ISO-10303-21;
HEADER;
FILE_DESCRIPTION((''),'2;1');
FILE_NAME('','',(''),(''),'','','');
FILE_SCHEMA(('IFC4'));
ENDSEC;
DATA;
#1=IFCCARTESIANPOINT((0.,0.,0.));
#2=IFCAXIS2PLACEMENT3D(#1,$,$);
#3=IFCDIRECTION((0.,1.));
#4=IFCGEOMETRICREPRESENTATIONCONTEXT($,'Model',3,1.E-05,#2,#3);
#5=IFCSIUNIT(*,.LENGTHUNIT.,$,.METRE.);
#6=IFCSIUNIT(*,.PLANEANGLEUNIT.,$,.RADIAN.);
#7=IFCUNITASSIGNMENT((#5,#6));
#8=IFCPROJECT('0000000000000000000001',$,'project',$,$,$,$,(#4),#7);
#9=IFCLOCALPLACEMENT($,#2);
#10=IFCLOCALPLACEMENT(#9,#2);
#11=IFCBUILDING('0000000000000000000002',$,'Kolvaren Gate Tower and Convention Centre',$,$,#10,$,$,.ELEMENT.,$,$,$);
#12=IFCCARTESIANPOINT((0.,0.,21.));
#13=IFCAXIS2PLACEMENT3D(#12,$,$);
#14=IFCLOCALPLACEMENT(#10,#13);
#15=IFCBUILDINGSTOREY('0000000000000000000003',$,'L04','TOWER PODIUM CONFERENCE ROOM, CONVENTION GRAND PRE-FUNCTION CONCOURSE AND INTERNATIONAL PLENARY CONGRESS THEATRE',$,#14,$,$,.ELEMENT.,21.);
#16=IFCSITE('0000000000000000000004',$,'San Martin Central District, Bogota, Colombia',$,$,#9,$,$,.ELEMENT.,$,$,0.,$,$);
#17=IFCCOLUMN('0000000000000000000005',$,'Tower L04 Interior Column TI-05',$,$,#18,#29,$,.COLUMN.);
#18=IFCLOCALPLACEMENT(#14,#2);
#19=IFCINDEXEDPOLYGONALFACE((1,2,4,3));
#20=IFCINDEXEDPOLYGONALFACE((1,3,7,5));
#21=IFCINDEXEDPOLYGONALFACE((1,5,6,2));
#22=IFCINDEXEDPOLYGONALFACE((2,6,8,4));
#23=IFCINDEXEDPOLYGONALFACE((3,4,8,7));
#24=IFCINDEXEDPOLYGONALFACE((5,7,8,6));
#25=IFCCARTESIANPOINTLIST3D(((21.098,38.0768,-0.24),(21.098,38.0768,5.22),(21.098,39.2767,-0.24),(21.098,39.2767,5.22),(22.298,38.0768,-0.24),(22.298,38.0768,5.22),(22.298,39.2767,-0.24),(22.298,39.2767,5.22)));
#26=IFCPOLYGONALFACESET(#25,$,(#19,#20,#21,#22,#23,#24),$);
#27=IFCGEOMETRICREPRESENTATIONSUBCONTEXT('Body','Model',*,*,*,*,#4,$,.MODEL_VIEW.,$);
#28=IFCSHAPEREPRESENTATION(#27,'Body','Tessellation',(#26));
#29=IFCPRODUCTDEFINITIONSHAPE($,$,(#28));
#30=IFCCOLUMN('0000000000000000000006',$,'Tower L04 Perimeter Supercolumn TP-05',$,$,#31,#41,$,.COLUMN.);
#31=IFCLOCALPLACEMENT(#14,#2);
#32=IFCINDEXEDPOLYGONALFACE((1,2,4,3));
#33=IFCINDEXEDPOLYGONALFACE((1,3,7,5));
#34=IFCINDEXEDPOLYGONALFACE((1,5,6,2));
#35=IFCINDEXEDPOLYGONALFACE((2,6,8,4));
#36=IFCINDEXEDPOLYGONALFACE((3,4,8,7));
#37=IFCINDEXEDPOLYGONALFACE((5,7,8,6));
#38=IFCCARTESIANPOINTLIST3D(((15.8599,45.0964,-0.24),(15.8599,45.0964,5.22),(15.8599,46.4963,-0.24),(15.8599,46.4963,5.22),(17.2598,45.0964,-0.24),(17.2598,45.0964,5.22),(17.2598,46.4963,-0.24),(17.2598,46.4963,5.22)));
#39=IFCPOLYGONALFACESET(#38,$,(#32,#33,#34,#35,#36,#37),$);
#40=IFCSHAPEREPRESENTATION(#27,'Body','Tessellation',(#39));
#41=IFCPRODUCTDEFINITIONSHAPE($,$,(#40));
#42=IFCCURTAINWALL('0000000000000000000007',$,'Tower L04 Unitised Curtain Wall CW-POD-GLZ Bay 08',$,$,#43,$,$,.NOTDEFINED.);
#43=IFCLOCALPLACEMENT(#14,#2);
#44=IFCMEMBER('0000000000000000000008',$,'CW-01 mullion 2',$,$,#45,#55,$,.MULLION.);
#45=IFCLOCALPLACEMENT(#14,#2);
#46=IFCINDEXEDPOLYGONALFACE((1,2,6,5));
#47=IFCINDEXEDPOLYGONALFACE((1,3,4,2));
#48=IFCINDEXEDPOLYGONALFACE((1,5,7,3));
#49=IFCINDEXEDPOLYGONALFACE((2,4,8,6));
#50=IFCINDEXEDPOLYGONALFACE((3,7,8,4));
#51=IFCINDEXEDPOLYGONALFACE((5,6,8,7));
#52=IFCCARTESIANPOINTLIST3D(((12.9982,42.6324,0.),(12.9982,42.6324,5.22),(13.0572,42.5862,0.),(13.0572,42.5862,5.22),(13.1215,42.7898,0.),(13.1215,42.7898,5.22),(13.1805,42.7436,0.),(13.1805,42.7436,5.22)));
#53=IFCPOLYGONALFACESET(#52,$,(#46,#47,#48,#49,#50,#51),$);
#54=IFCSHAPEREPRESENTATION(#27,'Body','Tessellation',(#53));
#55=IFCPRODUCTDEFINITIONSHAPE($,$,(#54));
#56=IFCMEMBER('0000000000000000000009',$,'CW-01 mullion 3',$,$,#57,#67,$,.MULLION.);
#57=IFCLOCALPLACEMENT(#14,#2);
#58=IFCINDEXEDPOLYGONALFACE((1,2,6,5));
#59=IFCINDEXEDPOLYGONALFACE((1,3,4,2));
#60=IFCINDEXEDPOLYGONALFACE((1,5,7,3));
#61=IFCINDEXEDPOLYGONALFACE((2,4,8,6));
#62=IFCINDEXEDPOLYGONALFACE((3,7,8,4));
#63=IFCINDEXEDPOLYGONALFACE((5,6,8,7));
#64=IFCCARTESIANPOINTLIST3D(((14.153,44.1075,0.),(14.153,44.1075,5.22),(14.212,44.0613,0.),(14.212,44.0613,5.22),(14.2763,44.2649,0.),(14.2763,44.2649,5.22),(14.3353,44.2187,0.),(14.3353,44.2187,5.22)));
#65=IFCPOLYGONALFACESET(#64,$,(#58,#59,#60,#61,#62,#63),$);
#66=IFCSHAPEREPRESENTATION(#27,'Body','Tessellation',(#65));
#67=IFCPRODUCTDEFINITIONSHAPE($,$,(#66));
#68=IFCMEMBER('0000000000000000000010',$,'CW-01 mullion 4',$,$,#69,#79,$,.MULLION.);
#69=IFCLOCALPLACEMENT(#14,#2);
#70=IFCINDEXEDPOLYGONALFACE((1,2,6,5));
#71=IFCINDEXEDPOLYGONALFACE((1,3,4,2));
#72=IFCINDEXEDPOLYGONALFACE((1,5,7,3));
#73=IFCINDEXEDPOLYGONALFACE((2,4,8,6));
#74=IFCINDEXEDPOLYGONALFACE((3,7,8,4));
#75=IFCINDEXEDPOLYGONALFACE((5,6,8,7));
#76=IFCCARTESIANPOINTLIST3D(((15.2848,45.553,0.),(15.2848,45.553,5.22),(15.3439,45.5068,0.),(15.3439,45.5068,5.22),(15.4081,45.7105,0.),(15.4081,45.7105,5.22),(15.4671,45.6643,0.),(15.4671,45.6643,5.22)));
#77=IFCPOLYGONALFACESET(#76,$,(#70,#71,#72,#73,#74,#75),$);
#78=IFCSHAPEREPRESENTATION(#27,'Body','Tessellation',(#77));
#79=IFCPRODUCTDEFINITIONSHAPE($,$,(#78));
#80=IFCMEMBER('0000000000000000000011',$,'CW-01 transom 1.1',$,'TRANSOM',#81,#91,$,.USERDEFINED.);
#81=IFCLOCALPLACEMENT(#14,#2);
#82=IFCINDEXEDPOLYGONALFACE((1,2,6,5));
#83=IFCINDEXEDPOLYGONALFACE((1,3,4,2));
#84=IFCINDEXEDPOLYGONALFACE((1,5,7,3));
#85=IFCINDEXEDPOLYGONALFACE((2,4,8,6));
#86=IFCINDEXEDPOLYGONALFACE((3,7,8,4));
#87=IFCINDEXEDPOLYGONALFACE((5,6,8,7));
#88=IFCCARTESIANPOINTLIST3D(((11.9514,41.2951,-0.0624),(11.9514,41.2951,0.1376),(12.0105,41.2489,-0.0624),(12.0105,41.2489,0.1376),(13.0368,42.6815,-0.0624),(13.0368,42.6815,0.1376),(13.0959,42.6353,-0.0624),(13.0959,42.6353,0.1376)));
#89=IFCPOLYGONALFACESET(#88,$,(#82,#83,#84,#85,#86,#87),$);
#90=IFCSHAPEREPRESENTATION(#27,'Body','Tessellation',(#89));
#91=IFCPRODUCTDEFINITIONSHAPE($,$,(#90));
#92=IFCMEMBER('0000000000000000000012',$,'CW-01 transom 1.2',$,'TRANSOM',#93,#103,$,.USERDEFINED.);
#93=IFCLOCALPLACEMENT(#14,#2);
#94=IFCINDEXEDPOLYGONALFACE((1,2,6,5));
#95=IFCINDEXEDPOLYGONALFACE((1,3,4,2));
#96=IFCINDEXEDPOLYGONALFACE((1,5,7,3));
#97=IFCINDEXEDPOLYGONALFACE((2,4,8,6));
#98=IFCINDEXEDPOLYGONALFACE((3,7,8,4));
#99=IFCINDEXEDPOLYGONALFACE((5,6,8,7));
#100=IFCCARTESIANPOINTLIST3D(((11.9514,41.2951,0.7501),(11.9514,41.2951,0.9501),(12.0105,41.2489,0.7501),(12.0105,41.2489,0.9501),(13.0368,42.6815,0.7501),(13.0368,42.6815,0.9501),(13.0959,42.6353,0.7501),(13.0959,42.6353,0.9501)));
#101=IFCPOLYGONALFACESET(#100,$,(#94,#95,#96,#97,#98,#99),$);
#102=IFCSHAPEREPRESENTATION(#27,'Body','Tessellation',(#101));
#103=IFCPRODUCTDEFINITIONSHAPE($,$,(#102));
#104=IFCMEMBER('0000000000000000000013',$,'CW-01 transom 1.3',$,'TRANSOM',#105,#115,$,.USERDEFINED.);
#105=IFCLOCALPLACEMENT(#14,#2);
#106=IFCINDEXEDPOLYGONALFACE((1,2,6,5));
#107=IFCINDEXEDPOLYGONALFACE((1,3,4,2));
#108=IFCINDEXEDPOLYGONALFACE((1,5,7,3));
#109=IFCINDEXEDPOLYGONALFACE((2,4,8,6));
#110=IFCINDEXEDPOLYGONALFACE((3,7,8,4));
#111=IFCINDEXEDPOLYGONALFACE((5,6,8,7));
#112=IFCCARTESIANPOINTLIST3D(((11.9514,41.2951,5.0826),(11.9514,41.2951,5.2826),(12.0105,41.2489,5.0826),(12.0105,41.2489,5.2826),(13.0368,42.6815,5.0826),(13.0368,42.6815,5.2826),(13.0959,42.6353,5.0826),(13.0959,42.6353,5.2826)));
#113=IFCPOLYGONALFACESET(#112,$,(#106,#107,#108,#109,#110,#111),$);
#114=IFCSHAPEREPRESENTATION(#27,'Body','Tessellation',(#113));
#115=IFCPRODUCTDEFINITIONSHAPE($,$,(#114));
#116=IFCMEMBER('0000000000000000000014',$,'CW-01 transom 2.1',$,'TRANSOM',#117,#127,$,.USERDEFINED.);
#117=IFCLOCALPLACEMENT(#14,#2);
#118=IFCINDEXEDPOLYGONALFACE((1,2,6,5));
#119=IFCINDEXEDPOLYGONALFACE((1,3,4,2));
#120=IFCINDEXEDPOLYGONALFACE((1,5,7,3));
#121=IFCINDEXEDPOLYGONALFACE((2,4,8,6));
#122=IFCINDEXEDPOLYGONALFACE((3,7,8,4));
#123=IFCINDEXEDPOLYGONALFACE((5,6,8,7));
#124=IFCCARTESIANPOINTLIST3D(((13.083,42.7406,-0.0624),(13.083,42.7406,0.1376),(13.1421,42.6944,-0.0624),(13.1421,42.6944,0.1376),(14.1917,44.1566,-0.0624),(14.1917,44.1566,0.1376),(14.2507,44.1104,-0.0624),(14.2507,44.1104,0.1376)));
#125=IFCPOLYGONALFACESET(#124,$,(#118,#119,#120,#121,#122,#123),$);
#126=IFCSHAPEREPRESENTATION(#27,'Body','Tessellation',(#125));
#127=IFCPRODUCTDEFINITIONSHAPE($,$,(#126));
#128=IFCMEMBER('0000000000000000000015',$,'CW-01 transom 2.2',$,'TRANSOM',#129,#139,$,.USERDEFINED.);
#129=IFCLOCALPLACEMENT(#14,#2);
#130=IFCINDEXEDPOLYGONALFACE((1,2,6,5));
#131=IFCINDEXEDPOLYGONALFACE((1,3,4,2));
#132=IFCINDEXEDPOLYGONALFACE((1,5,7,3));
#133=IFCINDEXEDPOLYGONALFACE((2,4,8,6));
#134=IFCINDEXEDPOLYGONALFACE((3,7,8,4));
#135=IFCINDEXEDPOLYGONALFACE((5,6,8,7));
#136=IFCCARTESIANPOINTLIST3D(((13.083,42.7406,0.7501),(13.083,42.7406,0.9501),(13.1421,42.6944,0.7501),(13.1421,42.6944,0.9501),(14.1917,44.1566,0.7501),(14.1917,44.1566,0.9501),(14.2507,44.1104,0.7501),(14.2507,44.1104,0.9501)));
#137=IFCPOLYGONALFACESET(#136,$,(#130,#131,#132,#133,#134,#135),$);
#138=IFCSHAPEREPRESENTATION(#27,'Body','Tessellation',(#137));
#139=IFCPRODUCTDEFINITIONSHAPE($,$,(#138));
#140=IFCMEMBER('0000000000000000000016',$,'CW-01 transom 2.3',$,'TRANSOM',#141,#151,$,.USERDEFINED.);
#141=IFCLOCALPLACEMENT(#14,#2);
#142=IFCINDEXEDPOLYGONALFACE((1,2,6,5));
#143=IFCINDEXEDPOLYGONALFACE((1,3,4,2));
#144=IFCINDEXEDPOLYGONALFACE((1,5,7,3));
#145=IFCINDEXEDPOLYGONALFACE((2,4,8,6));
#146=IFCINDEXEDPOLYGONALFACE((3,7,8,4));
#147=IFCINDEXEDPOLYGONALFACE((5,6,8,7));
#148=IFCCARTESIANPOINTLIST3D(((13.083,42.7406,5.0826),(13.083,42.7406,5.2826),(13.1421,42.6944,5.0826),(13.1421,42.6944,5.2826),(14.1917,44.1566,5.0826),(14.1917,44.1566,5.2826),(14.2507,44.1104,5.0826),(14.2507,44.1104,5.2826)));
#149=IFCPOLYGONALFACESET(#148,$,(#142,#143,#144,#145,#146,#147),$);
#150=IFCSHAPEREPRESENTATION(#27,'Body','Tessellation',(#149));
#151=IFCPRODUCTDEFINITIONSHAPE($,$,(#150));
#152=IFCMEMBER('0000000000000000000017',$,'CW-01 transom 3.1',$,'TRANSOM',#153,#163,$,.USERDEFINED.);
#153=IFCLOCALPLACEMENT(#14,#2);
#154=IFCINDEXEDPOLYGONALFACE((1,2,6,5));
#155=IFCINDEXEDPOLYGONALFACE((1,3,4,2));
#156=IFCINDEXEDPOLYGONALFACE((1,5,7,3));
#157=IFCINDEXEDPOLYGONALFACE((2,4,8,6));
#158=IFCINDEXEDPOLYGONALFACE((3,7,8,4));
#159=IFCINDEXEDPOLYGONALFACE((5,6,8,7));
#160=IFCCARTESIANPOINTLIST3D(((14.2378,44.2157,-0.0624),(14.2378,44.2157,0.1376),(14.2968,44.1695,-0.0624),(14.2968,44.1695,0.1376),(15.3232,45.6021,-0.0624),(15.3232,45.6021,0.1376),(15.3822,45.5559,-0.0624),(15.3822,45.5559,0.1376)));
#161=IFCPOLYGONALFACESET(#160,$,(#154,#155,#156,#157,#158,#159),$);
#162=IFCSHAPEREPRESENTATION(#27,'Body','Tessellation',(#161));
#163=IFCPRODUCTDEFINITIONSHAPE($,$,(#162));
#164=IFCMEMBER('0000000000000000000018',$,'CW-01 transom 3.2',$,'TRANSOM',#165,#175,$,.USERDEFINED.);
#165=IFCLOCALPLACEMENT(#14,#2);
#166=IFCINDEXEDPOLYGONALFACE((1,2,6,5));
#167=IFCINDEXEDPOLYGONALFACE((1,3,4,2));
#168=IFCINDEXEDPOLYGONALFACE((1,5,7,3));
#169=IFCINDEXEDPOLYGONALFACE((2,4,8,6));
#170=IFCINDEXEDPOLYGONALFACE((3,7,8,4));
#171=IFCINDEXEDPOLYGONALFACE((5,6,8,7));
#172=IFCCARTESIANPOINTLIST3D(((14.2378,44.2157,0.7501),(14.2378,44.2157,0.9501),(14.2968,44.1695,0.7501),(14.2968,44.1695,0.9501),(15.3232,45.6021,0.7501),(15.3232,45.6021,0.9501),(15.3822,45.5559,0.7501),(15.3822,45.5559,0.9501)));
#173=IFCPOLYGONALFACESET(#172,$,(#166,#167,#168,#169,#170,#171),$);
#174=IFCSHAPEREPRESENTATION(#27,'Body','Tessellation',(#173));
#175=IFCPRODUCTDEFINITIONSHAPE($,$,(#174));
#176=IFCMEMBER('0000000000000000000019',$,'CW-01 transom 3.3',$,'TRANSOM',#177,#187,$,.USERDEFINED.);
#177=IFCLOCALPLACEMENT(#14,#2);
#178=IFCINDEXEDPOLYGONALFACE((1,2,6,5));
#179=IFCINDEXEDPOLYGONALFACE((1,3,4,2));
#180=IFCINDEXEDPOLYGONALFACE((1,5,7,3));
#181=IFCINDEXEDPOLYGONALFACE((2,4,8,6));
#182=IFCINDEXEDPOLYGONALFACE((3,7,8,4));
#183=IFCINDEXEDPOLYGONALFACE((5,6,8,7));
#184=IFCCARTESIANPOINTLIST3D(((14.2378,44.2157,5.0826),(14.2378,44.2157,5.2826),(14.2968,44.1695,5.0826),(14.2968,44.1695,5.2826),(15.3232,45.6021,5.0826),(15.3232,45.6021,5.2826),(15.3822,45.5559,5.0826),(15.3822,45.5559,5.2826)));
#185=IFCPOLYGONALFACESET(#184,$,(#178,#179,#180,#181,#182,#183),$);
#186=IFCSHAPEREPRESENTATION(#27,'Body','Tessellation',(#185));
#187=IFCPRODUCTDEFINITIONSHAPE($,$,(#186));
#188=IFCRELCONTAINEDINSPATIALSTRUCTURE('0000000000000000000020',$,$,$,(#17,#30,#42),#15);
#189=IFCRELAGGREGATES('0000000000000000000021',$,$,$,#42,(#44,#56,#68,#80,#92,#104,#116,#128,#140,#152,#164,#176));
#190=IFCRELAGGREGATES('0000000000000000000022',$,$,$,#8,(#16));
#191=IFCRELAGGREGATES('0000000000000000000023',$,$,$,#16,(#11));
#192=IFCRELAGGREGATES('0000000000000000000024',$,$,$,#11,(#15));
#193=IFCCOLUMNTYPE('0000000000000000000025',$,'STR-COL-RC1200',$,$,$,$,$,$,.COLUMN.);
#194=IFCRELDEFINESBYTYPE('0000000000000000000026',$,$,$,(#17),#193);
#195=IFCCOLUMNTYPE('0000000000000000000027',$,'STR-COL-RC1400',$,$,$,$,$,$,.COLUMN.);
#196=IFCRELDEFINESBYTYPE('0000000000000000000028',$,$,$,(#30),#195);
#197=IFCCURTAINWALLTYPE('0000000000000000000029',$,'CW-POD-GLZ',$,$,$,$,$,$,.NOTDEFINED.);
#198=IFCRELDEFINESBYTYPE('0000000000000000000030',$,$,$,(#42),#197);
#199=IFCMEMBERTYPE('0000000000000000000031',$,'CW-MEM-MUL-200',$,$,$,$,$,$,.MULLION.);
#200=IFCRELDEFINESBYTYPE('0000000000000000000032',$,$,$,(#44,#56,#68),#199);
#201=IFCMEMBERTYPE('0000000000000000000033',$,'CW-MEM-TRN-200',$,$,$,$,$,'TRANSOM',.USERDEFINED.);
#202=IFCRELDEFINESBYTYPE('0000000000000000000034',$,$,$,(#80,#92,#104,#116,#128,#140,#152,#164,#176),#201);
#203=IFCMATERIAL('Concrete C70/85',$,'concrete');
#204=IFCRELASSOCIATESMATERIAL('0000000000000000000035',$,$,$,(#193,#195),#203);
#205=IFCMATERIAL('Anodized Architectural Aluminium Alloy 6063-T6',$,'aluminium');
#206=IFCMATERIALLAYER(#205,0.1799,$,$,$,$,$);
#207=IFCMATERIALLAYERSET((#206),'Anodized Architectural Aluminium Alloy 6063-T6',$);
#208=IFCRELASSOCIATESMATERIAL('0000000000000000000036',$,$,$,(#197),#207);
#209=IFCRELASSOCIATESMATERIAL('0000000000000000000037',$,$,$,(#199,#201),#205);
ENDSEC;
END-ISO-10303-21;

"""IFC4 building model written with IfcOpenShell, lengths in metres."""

from ifc_helpers import new_model, si_unit, direction, frame, origin, origin_2d, place, context, subcontext, project, spatial, rectangle, extrude, material, layer, layer_set, material_profile, profile_set, type_object, element, aggregate, save


model = new_model("IFC4")

# Units and contexts
model_context = context("Model", 3, precision=1e-05, world=origin(), true_north=direction((0.0, 1.0)))
body_context = subcontext(model_context, "Body", "Model", "MODEL_VIEW")
ifc_project = project(units=[si_unit("LENGTHUNIT", "METRE"), si_unit("PLANEANGLEUNIT", "RADIAN")], contexts=[model_context])

# Site, building, storey
site_placement = place(None, origin())
site = spatial("IfcSite", under=ifc_project, at=site_placement, Name="San Martin Central District, Bogota, Colombia", CompositionType="ELEMENT", RefElevation=0.0)
building_placement = place(site_placement, origin())
building = spatial("IfcBuilding", under=site, at=building_placement, Name="Kolvaren Gate Tower and Convention Centre", CompositionType="ELEMENT")
storey_placement = place(building_placement, frame((0.0, 0.0, 21.0)))
storey = spatial("IfcBuildingStorey", under=building, at=storey_placement, Name="L04", Description="TOWER PODIUM CONFERENCE ROOM, CONVENTION GRAND PRE-FUNCTION CONCOURSE AND INTERNATIONAL PLENARY CONGRESS THEATRE", CompositionType="ELEMENT", Elevation=21.0)

# Columns
ifc_material_1 = material(Name="Concrete C70/85", Category="concrete")
ifc_material_profile_1 = material_profile(ifc_material_1, rectangle(XDim=1.2, YDim=1.2, at=origin_2d()), Name="RC-COL-1200X1200")
ifc_profile_set_1 = profile_set([ifc_material_profile_1], Name="Concrete C70/85")
column_type_1 = type_object("IfcColumnType", Name="STR-COL-RC1200", PredefinedType="COLUMN", material=ifc_profile_set_1)
column_1_placement = place(storey_placement, frame((21.698, 38.6768, -0.24), z_axis=(0.0, 0.0, 1.0), x_axis=(1.0, 0.0, 0.0)))
element("IfcColumn", 1, at=column_1_placement, inside=storey, type_object=column_type_1, Name="Tower L04 Interior Column TI-05", PredefinedType="COLUMN", context=body_context, shape_type="SweptSolid", body=[
    extrude(rectangle(XDim=1.2, YDim=1.2, at=origin_2d()), origin(), (0.0, 0.0, 1.0), 5.46),
])
ifc_material_profile_2 = material_profile(ifc_material_1, rectangle(XDim=1.3999, YDim=1.3999, at=origin_2d()), Name="RC-COL-1400X1400")
ifc_profile_set_2 = profile_set([ifc_material_profile_2], Name="Concrete C70/85")
column_type_2 = type_object("IfcColumnType", Name="STR-COL-RC1400", PredefinedType="COLUMN", material=ifc_profile_set_2)
column_2_placement = place(storey_placement, frame((16.5598, 45.7964, -0.24), z_axis=(0.0, 0.0, 1.0), x_axis=(1.0, 0.0, 0.0)))
element("IfcColumn", 2, at=column_2_placement, inside=storey, type_object=column_type_2, Name="Tower L04 Perimeter Supercolumn TP-05", PredefinedType="COLUMN", context=body_context, shape_type="SweptSolid", body=[
    extrude(rectangle(XDim=1.3999, YDim=1.3999, at=origin_2d()), origin(), (0.0, 0.0, 1.0), 5.46),
])

# Curtain wall, members
ifc_material_2 = material(Name="Anodized Architectural Aluminium Alloy 6063-T6", Category="aluminium")
ifc_layer_1 = layer(ifc_material_2, 0.1799)
ifc_layer_set_1 = layer_set([ifc_layer_1], Name="Anodized Architectural Aluminium Alloy 6063-T6")
curtain_wall_type = type_object("IfcCurtainWallType", Name="CW-POD-GLZ", PredefinedType="NOTDEFINED", material=ifc_layer_set_1)
curtain_wall_placement = place(storey_placement, origin())
curtain_wall = element("IfcCurtainWall", 3, at=curtain_wall_placement, inside=storey, type_object=curtain_wall_type, Name="Tower L04 Unitised Curtain Wall CW-POD-GLZ Bay 08", PredefinedType="NOTDEFINED")
ifc_material_profile_3 = material_profile(ifc_material_2, rectangle(XDim=0.075, YDim=0.2, at=origin_2d()), Name="CW-MEM-MUL-200")
ifc_profile_set_3 = profile_set([ifc_material_profile_3], Name="Anodized Architectural Aluminium Alloy 6063-T6")
member_type_1 = type_object("IfcMemberType", Name="CW-MEM-MUL-200", PredefinedType="MULLION", material=ifc_profile_set_3)
member_1_placement = place(storey_placement, frame((13.0894, 42.688, 0.0), z_axis=(0.0, 0.0, 1.0), x_axis=(-0.787417, 0.616421, 0.0)))
member_1 = element("IfcMember", 4, at=member_1_placement, type_object=member_type_1, Name="CW-01 mullion 2", PredefinedType="MULLION", context=body_context, shape_type="SweptSolid", body=[
    extrude(rectangle(XDim=0.075, YDim=0.2, at=origin_2d()), origin(), (0.0, 0.0, 1.0), 5.22),
])
member_2_placement = place(storey_placement, frame((14.2441, 44.1631, 0.0), z_axis=(0.0, 0.0, 1.0), x_axis=(-0.787417, 0.616421, 0.0)))
member_2 = element("IfcMember", 5, at=member_2_placement, type_object=member_type_1, Name="CW-01 mullion 3", PredefinedType="MULLION", context=body_context, shape_type="SweptSolid", body=[
    extrude(rectangle(XDim=0.075, YDim=0.2, at=origin_2d()), origin(), (0.0, 0.0, 1.0), 5.22),
])
member_3_placement = place(storey_placement, frame((15.376, 45.6086, 0.0), z_axis=(0.0, 0.0, 1.0), x_axis=(-0.787417, 0.616421, 0.0)))
member_3 = element("IfcMember", 6, at=member_3_placement, type_object=member_type_1, Name="CW-01 mullion 4", PredefinedType="MULLION", context=body_context, shape_type="SweptSolid", body=[
    extrude(rectangle(XDim=0.075, YDim=0.2, at=origin_2d()), origin(), (0.0, 0.0, 1.0), 5.22),
])
ifc_material_profile_4 = material_profile(ifc_material_2, rectangle(XDim=0.075, YDim=0.2, at=origin_2d()), Name="CW-MEM-TRN-200")
ifc_profile_set_4 = profile_set([ifc_material_profile_4], Name="Anodized Architectural Aluminium Alloy 6063-T6")
member_type_2 = type_object("IfcMemberType", Name="CW-MEM-TRN-200", ElementType="TRANSOM", PredefinedType="USERDEFINED", material=ifc_profile_set_4)
member_4_placement = place(storey_placement, frame((11.981, 41.272, 0.0376), z_axis=(0.616443, 0.7874, 0.0), x_axis=(-0.7874, 0.616443, 0.0)))
member_4 = element("IfcMember", 7, at=member_4_placement, type_object=member_type_2, Name="CW-01 transom 1.1", ObjectType="TRANSOM", PredefinedType="USERDEFINED", context=body_context, shape_type="SweptSolid", body=[
    extrude(rectangle(XDim=0.075, YDim=0.2, at=origin_2d()), origin(), (0.0, 0.0, 1.0), 1.7607),
])
member_5_placement = place(storey_placement, frame((11.981, 41.272, 0.8501), z_axis=(0.616443, 0.7874, 0.0), x_axis=(-0.7874, 0.616443, 0.0)))
member_5 = element("IfcMember", 8, at=member_5_placement, type_object=member_type_2, Name="CW-01 transom 1.2", ObjectType="TRANSOM", PredefinedType="USERDEFINED", context=body_context, shape_type="SweptSolid", body=[
    extrude(rectangle(XDim=0.075, YDim=0.2, at=origin_2d()), origin(), (0.0, 0.0, 1.0), 1.7607),
])
member_6_placement = place(storey_placement, frame((11.981, 41.272, 5.1826), z_axis=(0.616443, 0.7874, 0.0), x_axis=(-0.7874, 0.616443, 0.0)))
member_6 = element("IfcMember", 9, at=member_6_placement, type_object=member_type_2, Name="CW-01 transom 1.3", ObjectType="TRANSOM", PredefinedType="USERDEFINED", context=body_context, shape_type="SweptSolid", body=[
    extrude(rectangle(XDim=0.075, YDim=0.2, at=origin_2d()), origin(), (0.0, 0.0, 1.0), 1.7607),
])
member_7_placement = place(storey_placement, frame((13.1125, 42.7175, 0.0376), z_axis=(0.616466, 0.787382, 0.0), x_axis=(-0.787382, 0.616466, 0.0)))
member_7 = element("IfcMember", 10, at=member_7_placement, type_object=member_type_2, Name="CW-01 transom 2.1", ObjectType="TRANSOM", PredefinedType="USERDEFINED", context=body_context, shape_type="SweptSolid", body=[
    extrude(rectangle(XDim=0.075, YDim=0.2, at=origin_2d()), origin(), (0.0, 0.0, 1.0), 1.7983),
])
member_8_placement = place(storey_placement, frame((13.1125, 42.7175, 0.8501), z_axis=(0.616466, 0.787382, 0.0), x_axis=(-0.787382, 0.616466, 0.0)))
member_8 = element("IfcMember", 11, at=member_8_placement, type_object=member_type_2, Name="CW-01 transom 2.2", ObjectType="TRANSOM", PredefinedType="USERDEFINED", context=body_context, shape_type="SweptSolid", body=[
    extrude(rectangle(XDim=0.075, YDim=0.2, at=origin_2d()), origin(), (0.0, 0.0, 1.0), 1.7983),
])
member_9_placement = place(storey_placement, frame((13.1125, 42.7175, 5.1826), z_axis=(0.616466, 0.787382, 0.0), x_axis=(-0.787382, 0.616466, 0.0)))
member_9 = element("IfcMember", 12, at=member_9_placement, type_object=member_type_2, Name="CW-01 transom 2.3", ObjectType="TRANSOM", PredefinedType="USERDEFINED", context=body_context, shape_type="SweptSolid", body=[
    extrude(rectangle(XDim=0.075, YDim=0.2, at=origin_2d()), origin(), (0.0, 0.0, 1.0), 1.7983),
])
member_10_placement = place(storey_placement, frame((14.2673, 44.1926, 0.0376), z_axis=(0.616443, 0.7874, 0.0), x_axis=(-0.7874, 0.616443, 0.0)))
member_10 = element("IfcMember", 13, at=member_10_placement, type_object=member_type_2, Name="CW-01 transom 3.1", ObjectType="TRANSOM", PredefinedType="USERDEFINED", context=body_context, shape_type="SweptSolid", body=[
    extrude(rectangle(XDim=0.075, YDim=0.2, at=origin_2d()), origin(), (0.0, 0.0, 1.0), 1.7607),
])
member_11_placement = place(storey_placement, frame((14.2673, 44.1926, 0.8501), z_axis=(0.616443, 0.7874, 0.0), x_axis=(-0.7874, 0.616443, 0.0)))
member_11 = element("IfcMember", 14, at=member_11_placement, type_object=member_type_2, Name="CW-01 transom 3.2", ObjectType="TRANSOM", PredefinedType="USERDEFINED", context=body_context, shape_type="SweptSolid", body=[
    extrude(rectangle(XDim=0.075, YDim=0.2, at=origin_2d()), origin(), (0.0, 0.0, 1.0), 1.7607),
])
member_12_placement = place(storey_placement, frame((14.2673, 44.1926, 5.1826), z_axis=(0.616443, 0.7874, 0.0), x_axis=(-0.7874, 0.616443, 0.0)))
member_12 = element("IfcMember", 15, at=member_12_placement, type_object=member_type_2, Name="CW-01 transom 3.3", ObjectType="TRANSOM", PredefinedType="USERDEFINED", context=body_context, shape_type="SweptSolid", body=[
    extrude(rectangle(XDim=0.075, YDim=0.2, at=origin_2d()), origin(), (0.0, 0.0, 1.0), 1.7607),
])

aggregate(curtain_wall, [member_1, member_2, member_3, member_4, member_5, member_6, member_7, member_8, member_9, member_10, member_11, member_12])

save(model, "model.ifc")
